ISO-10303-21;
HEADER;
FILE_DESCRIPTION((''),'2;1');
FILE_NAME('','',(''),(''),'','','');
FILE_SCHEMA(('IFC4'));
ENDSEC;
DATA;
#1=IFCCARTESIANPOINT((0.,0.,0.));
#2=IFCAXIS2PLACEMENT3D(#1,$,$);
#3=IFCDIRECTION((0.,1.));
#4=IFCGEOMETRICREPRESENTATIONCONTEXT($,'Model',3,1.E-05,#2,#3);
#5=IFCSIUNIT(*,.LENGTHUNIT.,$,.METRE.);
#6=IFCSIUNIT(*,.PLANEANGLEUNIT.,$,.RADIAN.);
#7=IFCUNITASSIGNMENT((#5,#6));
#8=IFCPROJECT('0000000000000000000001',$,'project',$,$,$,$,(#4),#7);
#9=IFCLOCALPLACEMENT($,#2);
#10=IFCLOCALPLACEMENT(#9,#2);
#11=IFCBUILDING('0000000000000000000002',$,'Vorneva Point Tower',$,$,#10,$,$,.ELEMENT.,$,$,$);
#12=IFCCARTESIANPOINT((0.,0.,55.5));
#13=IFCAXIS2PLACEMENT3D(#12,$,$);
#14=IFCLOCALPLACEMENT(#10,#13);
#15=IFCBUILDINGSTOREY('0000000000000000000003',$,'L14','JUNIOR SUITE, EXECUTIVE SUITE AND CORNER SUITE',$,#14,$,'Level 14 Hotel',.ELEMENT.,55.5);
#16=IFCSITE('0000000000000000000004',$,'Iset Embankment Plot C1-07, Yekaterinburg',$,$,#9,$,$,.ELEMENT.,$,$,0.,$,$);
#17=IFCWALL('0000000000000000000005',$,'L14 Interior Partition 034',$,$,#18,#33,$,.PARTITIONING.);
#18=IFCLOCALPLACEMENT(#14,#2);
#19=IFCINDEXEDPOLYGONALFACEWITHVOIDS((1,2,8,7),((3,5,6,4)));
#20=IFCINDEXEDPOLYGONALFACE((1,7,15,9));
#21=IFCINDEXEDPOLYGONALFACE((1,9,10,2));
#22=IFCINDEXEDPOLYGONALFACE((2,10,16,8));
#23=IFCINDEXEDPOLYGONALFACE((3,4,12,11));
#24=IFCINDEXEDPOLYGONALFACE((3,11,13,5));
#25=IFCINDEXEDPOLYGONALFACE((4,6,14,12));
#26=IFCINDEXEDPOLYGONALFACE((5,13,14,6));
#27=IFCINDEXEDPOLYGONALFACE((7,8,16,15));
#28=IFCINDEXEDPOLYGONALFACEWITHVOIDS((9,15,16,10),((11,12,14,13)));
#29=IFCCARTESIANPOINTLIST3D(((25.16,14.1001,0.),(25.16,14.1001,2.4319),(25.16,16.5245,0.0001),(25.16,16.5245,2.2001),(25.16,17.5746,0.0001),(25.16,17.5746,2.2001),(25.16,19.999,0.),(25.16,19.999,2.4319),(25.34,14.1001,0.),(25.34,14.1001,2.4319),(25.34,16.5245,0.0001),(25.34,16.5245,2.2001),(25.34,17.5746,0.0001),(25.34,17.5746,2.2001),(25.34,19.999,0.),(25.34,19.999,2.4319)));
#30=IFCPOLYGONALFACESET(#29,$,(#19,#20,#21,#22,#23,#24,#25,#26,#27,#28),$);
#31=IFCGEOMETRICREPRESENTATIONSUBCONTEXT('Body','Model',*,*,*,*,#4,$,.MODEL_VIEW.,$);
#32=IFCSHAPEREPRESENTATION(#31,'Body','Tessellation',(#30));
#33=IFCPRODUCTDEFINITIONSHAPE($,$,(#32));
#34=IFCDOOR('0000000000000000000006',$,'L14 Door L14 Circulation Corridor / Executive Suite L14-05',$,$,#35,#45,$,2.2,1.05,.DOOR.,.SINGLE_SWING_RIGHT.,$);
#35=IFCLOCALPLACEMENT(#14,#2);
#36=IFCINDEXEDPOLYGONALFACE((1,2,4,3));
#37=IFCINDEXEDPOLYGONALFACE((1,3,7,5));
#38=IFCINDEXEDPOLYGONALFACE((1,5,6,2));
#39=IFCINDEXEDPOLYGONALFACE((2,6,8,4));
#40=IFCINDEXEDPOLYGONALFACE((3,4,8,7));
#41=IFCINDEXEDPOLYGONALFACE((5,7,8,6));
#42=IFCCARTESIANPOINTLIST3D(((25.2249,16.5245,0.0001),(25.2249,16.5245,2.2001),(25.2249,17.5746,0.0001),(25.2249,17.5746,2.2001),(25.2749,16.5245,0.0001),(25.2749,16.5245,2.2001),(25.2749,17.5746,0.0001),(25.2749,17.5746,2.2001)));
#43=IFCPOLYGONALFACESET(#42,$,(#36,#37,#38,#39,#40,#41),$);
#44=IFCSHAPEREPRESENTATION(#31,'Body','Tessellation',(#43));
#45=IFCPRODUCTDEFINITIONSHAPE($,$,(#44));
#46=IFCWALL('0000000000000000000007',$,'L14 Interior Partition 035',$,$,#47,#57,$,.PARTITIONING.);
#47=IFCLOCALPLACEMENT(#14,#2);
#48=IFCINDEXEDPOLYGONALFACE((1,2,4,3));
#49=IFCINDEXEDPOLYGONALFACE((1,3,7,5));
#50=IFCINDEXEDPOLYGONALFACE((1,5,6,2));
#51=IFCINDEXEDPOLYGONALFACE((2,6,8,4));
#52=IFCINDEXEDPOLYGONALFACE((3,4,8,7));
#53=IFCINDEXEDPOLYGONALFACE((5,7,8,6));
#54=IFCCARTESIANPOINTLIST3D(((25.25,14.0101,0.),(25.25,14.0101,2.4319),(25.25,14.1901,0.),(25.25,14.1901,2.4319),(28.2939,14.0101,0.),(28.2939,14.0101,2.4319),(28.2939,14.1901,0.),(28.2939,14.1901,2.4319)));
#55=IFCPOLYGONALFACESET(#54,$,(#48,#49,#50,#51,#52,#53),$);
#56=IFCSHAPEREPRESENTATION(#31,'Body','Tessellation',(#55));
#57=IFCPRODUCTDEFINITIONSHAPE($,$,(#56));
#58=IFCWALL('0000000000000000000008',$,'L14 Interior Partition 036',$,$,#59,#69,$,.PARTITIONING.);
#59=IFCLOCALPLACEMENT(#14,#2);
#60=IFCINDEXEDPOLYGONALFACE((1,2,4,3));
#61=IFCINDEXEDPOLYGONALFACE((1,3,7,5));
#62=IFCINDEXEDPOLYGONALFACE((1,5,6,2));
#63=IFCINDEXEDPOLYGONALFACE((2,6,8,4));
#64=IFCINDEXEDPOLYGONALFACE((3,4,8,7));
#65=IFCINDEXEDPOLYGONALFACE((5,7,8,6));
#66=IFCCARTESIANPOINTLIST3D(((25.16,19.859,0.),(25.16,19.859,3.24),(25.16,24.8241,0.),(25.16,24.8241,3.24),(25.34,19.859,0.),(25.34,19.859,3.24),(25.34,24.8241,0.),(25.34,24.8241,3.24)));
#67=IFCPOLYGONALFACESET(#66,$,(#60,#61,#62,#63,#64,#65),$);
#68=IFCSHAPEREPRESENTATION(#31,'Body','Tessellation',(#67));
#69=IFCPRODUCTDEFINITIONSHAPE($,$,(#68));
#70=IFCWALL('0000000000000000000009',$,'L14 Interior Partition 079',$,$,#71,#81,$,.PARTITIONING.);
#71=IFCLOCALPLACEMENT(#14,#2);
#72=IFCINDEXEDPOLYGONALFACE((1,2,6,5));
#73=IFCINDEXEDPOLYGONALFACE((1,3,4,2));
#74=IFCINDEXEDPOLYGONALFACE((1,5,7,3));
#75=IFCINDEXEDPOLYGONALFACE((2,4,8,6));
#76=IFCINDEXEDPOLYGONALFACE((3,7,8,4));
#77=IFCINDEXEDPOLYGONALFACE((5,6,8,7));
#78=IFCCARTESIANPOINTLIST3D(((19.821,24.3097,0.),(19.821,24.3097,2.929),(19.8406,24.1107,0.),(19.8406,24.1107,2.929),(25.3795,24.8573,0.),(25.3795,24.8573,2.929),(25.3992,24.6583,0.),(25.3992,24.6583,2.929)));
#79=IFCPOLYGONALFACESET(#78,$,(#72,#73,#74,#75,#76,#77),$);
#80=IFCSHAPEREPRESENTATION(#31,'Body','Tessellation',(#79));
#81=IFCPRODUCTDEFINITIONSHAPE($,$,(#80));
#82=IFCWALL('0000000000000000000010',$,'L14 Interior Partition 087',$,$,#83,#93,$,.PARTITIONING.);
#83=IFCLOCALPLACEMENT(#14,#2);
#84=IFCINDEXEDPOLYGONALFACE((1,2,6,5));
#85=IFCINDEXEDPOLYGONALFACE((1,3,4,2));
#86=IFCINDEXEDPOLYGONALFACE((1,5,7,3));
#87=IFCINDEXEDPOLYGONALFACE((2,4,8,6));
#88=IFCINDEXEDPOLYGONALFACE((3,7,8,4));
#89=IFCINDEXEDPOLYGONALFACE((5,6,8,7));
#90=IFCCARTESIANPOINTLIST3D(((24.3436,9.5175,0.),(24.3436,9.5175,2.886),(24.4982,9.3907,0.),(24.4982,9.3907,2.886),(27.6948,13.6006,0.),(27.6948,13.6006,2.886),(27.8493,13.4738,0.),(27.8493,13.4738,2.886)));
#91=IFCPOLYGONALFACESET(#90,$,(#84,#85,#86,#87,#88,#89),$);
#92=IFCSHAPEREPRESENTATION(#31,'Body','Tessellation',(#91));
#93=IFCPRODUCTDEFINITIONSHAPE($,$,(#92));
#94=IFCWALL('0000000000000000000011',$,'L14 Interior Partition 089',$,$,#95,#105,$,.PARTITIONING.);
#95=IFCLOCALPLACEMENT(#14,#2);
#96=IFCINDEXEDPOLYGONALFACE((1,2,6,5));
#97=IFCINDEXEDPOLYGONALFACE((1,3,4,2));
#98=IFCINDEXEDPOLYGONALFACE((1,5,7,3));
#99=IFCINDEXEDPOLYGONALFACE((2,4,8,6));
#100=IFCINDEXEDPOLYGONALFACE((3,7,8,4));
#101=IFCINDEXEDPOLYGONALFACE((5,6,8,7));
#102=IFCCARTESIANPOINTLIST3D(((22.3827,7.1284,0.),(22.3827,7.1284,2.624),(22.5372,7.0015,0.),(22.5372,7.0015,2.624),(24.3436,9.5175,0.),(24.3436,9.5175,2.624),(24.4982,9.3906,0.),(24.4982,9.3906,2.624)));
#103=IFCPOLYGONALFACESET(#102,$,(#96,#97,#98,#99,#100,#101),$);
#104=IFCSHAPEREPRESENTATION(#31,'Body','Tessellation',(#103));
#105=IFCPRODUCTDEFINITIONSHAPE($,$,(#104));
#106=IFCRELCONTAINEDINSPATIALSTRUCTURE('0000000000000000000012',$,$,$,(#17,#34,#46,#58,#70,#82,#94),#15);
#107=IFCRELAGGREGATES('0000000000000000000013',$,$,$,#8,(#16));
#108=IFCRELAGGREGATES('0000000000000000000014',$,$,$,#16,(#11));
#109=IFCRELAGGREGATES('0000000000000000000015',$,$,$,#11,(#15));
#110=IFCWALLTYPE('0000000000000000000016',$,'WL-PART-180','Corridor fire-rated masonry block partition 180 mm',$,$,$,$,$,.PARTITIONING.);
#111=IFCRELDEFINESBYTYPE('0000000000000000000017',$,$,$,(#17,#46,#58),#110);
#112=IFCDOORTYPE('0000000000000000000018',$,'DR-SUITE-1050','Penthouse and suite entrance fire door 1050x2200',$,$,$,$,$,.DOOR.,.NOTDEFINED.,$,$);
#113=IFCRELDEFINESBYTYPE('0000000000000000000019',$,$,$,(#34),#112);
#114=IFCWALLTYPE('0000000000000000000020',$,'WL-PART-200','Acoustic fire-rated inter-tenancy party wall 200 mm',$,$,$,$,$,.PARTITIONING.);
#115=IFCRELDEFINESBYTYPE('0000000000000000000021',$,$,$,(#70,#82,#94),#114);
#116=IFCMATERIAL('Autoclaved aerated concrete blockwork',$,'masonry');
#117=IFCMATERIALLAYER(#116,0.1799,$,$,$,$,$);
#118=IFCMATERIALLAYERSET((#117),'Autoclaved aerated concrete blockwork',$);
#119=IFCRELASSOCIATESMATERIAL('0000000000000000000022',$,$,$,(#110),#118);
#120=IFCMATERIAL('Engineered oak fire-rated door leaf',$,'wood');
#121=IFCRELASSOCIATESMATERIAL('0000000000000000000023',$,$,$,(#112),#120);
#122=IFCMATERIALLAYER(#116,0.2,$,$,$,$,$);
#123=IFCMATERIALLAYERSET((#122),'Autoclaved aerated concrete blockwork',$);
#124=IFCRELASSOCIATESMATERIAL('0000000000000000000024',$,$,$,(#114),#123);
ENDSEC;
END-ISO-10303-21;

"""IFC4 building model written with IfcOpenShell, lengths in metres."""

from ifc_helpers import new_model, si_unit, direction, frame, frame_2d, origin, place, context, subcontext, project, spatial, rectangle, extrude, material, layer, layer_set, type_object, element, fill, save


model = new_model("IFC4")

# Units and contexts
model_context = context("Model", 3, precision=1e-05, world=origin(), true_north=direction((0.0, 1.0)))
body_context = subcontext(model_context, "Body", "Model", "MODEL_VIEW")
ifc_project = project(units=[si_unit("LENGTHUNIT", "METRE"), si_unit("PLANEANGLEUNIT", "RADIAN")], contexts=[model_context])

# Site, building, storey
site_placement = place(None, origin())
site = spatial("IfcSite", under=ifc_project, at=site_placement, Name="Iset Embankment Plot C1-07, Yekaterinburg", CompositionType="ELEMENT", RefElevation=0.0)
building_placement = place(site_placement, origin())
building = spatial("IfcBuilding", under=site, at=building_placement, Name="Vorneva Point Tower", CompositionType="ELEMENT")
storey_placement = place(building_placement, frame((0.0, 0.0, 55.5)))
storey = spatial("IfcBuildingStorey", under=building, at=storey_placement, Name="L14", Description="JUNIOR SUITE, EXECUTIVE SUITE AND CORNER SUITE", LongName="Level 14 Hotel", CompositionType="ELEMENT", Elevation=55.5)

# Wall, opening, door
ifc_material_1 = material(Name="Engineered oak fire-rated door leaf", Category="wood")
ifc_material_2 = material(Name="Autoclaved aerated concrete blockwork", Category="masonry")
ifc_layer_1 = layer(ifc_material_2, 0.1799)
ifc_layer_set_1 = layer_set([ifc_layer_1], Name="Autoclaved aerated concrete blockwork")
wall_type_1 = type_object("IfcWallType", Name="WL-PART-180", Description="Corridor fire-rated masonry block partition 180 mm", PredefinedType="PARTITIONING", material=ifc_layer_set_1)
wall_1_placement = place(storey_placement, frame((25.25, 19.999, 0.0), z_axis=(0.0, 0.0, 1.0), x_axis=(0.0, -1.0, 0.0)))
wall_1 = element("IfcWall", 1, at=wall_1_placement, inside=storey, type_object=wall_type_1, Name="L14 Interior Partition 034", PredefinedType="PARTITIONING", context=body_context, shape_type="SweptSolid", body=[
    extrude(rectangle(XDim=5.8989, YDim=0.1799, at=frame_2d((2.9495, 0.0))), origin(), (0.0, 0.0, 1.0), 2.4319),
])
opening_1_placement = place(wall_1_placement, frame((2.4246, 0.0, 0.0)))
opening_1 = element("IfcOpeningElement", 2, at=opening_1_placement, cuts=wall_1, PredefinedType="OPENING", context=body_context, shape_type="SweptSolid", body=[
    extrude(rectangle(XDim=1.05, YDim=2.2, at=frame_2d((0.5249, 1.1001))), frame((0.0, 0.105, 0.0), z_axis=(0.0, -1.0, 0.0), x_axis=(1.0, 0.0, 0.0)), (0.0, 0.0, 1.0), 0.2097),
])
door_type_1 = type_object("IfcDoorType", Name="DR-SUITE-1050", Description="Penthouse and suite entrance fire door 1050x2200", OperationType="NOTDEFINED", PredefinedType="DOOR", material=ifc_material_1)
door_1_placement = place(opening_1_placement, origin())
door_1 = element("IfcDoor", 3, at=door_1_placement, inside=storey, type_object=door_type_1, Name="L14 Door L14 Circulation Corridor / Executive Suite L14-05", OperationType="SINGLE_SWING_RIGHT", OverallHeight=2.2, OverallWidth=1.05, PredefinedType="DOOR", context=body_context, shape_type="SweptSolid", body=[
    extrude(rectangle(XDim=1.05, YDim=2.2, at=frame_2d((0.5249, 1.1001))), frame((0.0, 0.0249, 0.0), z_axis=(0.0, -1.0, 0.0), x_axis=(1.0, 0.0, 0.0)), (0.0, 0.0, 1.0), 0.05),
])
fill(opening_1, door_1)

# Walls
wall_2_placement = place(storey_placement, frame((25.25, 14.1001, 0.0), z_axis=(0.0, 0.0, 1.0), x_axis=(1.0, 0.0, 0.0)))
element("IfcWall", 4, at=wall_2_placement, inside=storey, type_object=wall_type_1, Name="L14 Interior Partition 035", PredefinedType="PARTITIONING", context=body_context, shape_type="SweptSolid", body=[
    extrude(rectangle(XDim=3.0439, YDim=0.1799, at=frame_2d((1.522, 0.0))), origin(), (0.0, 0.0, 1.0), 2.4319),
])
wall_3_placement = place(storey_placement, frame((25.25, 24.824, 0.0), z_axis=(0.0, 0.0, 1.0), x_axis=(0.0, -1.0, 0.0)))
element("IfcWall", 5, at=wall_3_placement, inside=storey, type_object=wall_type_1, Name="L14 Interior Partition 036", PredefinedType="PARTITIONING", context=body_context, shape_type="SweptSolid", body=[
    extrude(rectangle(XDim=4.9651, YDim=0.1799, at=frame_2d((2.4824, 0.0))), origin(), (0.0, 0.0, 1.0), 3.24),
])
ifc_layer_2 = layer(ifc_material_2, 0.2)
ifc_layer_set_2 = layer_set([ifc_layer_2], Name="Autoclaved aerated concrete blockwork")
wall_type_2 = type_object("IfcWallType", Name="WL-PART-200", Description="Acoustic fire-rated inter-tenancy party wall 200 mm", PredefinedType="PARTITIONING", material=ifc_layer_set_2)
wall_4_placement = place(storey_placement, frame((19.8308, 24.2102, 0.0), z_axis=(0.0, 0.0, 1.0), x_axis=(0.995182, 0.098041, 0.0)))
element("IfcWall", 6, at=wall_4_placement, inside=storey, type_object=wall_type_2, Name="L14 Interior Partition 079", PredefinedType="PARTITIONING", context=body_context, shape_type="SweptSolid", body=[
    extrude(rectangle(XDim=5.5854, YDim=0.2, at=frame_2d((2.7927, 0.0))), origin(), (0.0, 0.0, 1.0), 2.929),
])
wall_5_placement = place(storey_placement, frame((24.4209, 9.4541, 0.0), z_axis=(0.0, 0.0, 1.0), x_axis=(0.63442, 0.772989, 0.0)))
element("IfcWall", 7, at=wall_5_placement, inside=storey, type_object=wall_type_2, Name="L14 Interior Partition 087", PredefinedType="PARTITIONING", context=body_context, shape_type="SweptSolid", body=[
    extrude(rectangle(XDim=5.2822, YDim=0.2, at=frame_2d((2.6411, 0.0))), origin(), (0.0, 0.0, 1.0), 2.886),
])
wall_6_placement = place(storey_placement, frame((22.46, 7.0649, 0.0), z_axis=(0.0, 0.0, 1.0), x_axis=(0.634433, 0.772978, 0.0)))
element("IfcWall", 8, at=wall_6_placement, inside=storey, type_object=wall_type_2, Name="L14 Interior Partition 089", PredefinedType="PARTITIONING", context=body_context, shape_type="SweptSolid", body=[
    extrude(rectangle(XDim=3.0908, YDim=0.2, at=frame_2d((1.5454, 0.0))), origin(), (0.0, 0.0, 1.0), 2.624),
])

save(model, "model.ifc")
